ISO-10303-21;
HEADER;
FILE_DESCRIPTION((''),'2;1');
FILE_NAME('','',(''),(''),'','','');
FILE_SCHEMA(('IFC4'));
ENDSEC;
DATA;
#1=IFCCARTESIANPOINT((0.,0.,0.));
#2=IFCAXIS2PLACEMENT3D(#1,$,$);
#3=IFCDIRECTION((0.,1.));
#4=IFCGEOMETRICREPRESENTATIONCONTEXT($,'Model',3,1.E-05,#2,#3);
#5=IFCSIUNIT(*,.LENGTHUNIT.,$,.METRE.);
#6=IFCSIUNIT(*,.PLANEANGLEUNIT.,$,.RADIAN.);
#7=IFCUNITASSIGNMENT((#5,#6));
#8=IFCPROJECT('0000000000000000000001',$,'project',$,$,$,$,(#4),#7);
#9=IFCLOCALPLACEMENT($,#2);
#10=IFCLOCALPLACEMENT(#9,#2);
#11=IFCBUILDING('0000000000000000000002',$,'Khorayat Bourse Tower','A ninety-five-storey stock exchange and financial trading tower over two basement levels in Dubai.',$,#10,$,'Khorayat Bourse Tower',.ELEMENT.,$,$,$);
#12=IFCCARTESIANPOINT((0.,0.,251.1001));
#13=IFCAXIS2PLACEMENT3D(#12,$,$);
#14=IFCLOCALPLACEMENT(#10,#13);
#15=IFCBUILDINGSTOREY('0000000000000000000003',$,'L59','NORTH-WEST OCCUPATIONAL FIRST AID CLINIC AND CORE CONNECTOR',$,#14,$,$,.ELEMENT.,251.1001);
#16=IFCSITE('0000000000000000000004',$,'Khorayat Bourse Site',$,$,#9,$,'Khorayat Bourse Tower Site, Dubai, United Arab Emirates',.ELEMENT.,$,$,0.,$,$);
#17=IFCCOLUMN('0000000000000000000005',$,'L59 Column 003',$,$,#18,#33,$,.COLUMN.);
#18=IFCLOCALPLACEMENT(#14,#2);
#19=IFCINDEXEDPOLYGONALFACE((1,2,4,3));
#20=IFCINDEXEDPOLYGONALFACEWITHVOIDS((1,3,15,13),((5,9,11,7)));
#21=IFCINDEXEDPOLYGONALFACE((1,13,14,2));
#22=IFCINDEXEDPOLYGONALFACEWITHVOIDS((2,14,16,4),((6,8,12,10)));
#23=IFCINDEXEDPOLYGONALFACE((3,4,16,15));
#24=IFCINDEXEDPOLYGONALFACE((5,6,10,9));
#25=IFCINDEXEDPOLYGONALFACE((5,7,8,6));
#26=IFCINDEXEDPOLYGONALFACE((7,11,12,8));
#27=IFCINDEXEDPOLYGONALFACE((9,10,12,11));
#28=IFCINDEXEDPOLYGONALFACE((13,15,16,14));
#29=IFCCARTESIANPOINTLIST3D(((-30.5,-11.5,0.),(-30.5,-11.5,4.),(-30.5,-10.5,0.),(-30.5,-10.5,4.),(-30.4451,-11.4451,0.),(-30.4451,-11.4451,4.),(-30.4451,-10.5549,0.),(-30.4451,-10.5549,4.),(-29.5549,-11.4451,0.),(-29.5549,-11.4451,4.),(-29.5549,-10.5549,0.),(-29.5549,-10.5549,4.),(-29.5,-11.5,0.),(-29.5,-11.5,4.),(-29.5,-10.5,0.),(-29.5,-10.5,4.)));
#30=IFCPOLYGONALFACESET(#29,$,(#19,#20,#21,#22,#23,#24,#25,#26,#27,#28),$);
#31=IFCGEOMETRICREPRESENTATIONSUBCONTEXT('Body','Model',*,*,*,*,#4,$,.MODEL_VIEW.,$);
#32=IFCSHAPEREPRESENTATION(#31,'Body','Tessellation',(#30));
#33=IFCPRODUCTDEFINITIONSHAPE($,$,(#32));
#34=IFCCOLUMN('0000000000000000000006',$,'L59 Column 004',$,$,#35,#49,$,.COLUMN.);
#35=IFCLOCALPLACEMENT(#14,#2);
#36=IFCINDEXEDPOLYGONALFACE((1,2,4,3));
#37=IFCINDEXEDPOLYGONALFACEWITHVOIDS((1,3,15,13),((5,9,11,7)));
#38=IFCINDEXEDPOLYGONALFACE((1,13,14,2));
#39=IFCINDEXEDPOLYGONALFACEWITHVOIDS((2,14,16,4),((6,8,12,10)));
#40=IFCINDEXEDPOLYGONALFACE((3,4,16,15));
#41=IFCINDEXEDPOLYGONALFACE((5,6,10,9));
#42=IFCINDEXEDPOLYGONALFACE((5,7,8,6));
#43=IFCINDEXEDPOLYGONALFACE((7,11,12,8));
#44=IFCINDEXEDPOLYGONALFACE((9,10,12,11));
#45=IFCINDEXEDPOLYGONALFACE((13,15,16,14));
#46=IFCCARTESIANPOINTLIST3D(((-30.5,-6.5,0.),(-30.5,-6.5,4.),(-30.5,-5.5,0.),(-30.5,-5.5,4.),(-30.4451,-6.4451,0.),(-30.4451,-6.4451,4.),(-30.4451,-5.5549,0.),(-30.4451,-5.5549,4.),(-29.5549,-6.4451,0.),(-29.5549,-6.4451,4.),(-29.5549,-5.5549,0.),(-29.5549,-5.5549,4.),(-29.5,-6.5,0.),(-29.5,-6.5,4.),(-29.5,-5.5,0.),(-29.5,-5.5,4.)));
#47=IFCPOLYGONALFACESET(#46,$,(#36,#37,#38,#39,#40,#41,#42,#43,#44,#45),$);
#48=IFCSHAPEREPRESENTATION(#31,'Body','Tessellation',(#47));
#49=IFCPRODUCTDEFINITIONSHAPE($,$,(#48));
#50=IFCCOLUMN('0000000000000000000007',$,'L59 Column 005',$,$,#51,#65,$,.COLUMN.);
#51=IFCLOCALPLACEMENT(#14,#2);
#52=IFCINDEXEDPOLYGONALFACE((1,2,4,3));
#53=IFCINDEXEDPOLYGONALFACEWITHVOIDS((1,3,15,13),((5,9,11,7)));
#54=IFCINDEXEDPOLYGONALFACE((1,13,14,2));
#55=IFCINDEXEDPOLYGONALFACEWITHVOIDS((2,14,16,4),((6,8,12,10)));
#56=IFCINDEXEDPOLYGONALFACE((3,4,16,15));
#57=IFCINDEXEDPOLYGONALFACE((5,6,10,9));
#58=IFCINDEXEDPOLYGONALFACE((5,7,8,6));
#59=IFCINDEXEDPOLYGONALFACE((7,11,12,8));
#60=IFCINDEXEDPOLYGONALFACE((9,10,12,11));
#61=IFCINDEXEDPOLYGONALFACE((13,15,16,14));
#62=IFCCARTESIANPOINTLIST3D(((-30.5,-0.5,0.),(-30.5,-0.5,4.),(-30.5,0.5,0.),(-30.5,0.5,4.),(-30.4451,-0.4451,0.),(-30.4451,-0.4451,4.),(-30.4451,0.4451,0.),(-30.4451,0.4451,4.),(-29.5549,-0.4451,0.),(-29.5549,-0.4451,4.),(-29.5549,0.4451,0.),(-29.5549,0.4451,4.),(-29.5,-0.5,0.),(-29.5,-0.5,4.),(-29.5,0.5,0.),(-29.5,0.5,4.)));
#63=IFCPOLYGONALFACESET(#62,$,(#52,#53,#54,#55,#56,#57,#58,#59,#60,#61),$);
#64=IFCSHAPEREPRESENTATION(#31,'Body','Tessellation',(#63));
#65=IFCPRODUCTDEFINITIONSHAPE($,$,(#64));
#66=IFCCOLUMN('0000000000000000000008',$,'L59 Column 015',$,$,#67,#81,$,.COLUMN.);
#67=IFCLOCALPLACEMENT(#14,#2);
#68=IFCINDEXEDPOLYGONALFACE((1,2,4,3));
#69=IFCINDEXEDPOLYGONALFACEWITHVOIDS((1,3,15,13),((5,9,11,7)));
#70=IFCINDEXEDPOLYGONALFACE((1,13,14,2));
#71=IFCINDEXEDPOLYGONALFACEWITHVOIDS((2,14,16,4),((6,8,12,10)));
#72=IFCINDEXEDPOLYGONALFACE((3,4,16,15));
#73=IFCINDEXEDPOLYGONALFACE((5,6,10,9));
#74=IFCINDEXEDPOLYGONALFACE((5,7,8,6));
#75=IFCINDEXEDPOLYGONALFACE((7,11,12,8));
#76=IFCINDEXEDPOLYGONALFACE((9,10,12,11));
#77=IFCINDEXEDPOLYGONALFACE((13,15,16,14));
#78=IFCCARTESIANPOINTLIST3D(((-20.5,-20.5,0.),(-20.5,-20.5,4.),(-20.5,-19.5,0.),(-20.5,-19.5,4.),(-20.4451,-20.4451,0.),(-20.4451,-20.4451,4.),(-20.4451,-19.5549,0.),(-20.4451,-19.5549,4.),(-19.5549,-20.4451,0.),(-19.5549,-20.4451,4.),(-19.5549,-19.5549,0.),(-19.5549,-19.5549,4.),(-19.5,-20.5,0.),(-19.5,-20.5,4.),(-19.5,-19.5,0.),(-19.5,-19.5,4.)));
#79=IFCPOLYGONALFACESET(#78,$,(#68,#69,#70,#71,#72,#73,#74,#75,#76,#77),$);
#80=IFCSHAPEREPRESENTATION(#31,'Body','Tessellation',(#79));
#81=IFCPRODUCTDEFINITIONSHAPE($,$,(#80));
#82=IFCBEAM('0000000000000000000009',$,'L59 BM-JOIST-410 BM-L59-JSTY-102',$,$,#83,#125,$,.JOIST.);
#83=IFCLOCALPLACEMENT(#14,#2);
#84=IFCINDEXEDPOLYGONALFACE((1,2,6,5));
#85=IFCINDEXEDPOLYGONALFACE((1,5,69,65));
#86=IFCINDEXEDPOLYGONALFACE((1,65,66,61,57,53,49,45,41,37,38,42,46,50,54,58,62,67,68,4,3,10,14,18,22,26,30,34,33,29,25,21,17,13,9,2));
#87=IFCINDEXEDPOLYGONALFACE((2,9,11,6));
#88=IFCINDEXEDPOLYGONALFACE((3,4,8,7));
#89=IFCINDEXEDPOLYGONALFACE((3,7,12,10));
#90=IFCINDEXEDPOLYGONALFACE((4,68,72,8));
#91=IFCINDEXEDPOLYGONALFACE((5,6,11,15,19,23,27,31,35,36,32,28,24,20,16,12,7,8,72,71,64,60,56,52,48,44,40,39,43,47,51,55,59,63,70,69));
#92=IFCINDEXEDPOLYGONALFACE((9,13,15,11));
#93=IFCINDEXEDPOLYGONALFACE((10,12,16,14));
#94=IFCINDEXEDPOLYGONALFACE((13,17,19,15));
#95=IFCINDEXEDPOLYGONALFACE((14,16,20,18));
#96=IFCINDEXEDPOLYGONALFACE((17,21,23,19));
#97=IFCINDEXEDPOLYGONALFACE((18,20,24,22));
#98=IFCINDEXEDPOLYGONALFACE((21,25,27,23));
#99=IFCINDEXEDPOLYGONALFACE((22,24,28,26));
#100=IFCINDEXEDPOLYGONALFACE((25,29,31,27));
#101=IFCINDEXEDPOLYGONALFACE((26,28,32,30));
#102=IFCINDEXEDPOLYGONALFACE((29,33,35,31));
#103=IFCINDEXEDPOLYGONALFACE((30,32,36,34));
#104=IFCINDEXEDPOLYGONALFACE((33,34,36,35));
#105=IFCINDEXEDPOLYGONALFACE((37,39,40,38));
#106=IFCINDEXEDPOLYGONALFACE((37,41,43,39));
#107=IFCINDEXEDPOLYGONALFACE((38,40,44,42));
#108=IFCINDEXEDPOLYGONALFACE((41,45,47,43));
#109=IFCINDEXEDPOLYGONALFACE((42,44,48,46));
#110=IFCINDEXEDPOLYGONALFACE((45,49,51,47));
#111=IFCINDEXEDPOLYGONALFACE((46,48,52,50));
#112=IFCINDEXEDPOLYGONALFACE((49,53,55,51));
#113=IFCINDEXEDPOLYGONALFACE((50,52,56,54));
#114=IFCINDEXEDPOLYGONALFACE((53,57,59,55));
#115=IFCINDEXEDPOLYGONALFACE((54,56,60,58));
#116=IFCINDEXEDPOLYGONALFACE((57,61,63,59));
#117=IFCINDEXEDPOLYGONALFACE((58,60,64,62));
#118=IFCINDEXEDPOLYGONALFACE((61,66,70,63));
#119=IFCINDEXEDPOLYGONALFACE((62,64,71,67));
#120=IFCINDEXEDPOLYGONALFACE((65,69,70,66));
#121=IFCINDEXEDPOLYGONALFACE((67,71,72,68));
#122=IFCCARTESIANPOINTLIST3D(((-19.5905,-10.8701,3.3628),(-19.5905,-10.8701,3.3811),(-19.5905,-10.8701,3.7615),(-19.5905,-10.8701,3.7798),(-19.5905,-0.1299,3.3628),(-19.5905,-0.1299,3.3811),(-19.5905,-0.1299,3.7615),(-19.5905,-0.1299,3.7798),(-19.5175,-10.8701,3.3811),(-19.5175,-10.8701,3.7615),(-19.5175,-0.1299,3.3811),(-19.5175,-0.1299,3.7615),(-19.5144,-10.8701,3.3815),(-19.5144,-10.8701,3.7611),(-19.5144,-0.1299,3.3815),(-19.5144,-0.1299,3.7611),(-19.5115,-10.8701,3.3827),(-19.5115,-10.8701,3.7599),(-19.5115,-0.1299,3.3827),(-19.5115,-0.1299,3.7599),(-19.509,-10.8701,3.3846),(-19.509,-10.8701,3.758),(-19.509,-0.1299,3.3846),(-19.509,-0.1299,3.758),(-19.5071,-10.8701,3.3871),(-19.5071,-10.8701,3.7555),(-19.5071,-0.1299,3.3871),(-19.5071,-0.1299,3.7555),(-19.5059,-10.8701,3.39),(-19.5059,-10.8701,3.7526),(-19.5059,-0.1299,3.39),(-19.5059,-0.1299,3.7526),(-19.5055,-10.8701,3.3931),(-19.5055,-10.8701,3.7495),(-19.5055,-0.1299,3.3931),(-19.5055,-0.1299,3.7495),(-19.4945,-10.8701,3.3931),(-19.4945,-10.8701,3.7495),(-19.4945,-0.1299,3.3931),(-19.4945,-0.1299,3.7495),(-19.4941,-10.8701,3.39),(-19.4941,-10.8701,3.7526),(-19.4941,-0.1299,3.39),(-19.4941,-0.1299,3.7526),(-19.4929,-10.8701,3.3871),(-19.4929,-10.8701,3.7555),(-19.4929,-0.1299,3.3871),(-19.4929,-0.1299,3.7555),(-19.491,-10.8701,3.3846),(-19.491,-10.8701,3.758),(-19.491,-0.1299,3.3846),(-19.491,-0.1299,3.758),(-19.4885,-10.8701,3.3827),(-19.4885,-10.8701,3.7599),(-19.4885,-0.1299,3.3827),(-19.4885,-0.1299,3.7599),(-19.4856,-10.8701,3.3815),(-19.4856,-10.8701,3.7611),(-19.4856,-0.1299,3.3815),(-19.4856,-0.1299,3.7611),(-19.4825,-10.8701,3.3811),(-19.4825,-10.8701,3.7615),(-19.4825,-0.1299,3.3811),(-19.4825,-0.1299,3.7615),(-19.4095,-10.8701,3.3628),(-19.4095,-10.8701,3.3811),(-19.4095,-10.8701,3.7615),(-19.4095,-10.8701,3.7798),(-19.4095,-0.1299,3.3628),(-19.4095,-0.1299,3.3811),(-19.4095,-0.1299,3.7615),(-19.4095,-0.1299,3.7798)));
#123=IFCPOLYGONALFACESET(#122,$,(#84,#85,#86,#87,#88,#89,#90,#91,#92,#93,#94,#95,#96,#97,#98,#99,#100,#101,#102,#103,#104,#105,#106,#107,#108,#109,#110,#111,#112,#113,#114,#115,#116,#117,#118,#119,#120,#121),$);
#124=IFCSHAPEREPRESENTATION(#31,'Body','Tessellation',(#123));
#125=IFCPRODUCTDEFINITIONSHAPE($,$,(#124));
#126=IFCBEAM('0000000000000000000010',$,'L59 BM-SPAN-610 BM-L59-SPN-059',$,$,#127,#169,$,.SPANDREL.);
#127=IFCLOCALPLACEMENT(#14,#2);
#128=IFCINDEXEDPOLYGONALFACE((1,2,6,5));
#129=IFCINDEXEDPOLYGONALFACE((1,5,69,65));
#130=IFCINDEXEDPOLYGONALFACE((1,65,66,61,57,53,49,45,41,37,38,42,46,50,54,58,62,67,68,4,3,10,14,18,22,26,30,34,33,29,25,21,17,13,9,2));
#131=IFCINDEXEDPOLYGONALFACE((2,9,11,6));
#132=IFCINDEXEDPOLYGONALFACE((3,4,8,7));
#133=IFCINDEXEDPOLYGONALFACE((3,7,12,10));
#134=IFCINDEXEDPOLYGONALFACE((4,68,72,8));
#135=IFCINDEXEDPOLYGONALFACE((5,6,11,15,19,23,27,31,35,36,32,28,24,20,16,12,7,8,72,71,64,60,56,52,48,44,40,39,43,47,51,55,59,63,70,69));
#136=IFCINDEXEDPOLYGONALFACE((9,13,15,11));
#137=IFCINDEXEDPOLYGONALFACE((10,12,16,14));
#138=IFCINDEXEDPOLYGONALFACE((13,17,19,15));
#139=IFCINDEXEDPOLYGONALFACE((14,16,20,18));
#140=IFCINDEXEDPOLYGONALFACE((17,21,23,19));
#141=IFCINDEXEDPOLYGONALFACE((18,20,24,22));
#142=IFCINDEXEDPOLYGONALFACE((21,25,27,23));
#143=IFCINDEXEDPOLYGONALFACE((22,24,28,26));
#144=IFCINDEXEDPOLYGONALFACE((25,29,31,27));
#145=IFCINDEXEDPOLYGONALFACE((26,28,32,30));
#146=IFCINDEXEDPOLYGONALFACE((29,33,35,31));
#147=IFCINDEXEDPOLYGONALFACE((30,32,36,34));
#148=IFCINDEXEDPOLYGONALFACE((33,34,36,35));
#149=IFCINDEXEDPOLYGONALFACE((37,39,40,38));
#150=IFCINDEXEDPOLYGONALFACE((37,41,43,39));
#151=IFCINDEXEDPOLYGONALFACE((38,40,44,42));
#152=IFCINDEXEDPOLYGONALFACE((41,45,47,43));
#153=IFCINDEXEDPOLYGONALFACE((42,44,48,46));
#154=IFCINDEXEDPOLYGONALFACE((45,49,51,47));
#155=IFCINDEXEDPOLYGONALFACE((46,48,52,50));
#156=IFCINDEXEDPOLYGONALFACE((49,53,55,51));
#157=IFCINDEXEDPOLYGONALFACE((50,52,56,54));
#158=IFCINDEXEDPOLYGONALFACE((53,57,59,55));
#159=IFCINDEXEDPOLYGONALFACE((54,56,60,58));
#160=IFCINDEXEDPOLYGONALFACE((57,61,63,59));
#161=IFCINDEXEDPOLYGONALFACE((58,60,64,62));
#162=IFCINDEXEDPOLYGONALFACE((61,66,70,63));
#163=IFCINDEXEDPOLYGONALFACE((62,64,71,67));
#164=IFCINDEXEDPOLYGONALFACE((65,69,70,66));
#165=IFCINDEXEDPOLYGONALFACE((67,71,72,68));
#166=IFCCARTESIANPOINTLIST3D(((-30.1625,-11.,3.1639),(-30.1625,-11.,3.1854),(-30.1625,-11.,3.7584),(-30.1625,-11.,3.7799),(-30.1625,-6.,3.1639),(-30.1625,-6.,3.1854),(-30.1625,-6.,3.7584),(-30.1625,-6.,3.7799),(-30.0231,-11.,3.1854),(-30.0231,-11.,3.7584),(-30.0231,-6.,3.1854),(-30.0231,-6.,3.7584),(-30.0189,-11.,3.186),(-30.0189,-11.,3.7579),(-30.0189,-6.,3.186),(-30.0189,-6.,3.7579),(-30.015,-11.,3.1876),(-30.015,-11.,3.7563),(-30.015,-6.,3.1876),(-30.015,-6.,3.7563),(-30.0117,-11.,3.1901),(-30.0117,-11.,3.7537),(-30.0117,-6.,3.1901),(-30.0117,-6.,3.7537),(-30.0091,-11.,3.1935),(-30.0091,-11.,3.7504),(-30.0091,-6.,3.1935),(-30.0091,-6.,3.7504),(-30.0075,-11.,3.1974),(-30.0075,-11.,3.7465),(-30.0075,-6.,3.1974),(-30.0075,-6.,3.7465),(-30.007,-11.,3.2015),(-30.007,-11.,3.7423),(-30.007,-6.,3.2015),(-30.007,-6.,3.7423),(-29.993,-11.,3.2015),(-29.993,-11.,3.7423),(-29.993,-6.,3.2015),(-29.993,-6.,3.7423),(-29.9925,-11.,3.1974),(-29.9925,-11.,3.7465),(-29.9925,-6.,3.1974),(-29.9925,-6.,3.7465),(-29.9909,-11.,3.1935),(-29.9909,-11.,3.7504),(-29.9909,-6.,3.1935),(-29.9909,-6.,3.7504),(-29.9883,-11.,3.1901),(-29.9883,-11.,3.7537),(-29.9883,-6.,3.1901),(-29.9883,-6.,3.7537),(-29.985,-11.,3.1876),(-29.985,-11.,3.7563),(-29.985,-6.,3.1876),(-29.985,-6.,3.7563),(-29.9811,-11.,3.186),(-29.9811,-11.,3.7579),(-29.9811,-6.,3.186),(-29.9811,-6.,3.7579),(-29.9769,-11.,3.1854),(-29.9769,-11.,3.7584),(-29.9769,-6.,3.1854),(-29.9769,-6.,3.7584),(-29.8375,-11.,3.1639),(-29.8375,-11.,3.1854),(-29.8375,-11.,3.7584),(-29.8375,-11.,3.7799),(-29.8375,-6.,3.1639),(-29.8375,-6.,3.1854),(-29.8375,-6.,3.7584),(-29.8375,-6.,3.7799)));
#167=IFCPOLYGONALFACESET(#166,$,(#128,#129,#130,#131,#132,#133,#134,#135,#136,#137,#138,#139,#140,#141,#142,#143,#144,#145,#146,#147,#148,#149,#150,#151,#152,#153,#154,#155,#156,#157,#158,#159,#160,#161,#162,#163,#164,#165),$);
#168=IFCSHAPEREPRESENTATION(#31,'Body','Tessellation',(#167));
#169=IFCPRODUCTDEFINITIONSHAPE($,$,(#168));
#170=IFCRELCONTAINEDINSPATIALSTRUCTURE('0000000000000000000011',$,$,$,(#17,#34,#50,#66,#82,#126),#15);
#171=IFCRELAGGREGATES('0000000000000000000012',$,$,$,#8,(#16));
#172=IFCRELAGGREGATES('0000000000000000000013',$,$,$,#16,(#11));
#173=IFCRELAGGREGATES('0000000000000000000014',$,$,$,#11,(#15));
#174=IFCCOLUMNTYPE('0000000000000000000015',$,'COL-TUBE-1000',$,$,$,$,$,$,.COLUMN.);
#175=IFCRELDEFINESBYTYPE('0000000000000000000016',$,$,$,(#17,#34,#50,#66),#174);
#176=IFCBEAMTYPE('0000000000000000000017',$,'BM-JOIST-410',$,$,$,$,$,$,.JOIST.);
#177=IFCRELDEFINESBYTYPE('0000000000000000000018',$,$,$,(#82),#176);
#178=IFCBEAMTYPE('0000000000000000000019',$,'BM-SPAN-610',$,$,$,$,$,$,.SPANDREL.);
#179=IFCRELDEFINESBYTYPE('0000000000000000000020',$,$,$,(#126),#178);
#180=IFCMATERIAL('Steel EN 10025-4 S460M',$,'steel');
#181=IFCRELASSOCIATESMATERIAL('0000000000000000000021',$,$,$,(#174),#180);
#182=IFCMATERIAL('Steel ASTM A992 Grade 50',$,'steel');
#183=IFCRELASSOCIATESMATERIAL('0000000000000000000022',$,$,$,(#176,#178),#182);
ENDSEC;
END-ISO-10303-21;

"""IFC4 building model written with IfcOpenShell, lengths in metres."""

from ifc_helpers import new_model, si_unit, direction, frame, origin, origin_2d, place, context, subcontext, project, spatial, hollow_rectangle, i_section, extrude, source, transform, mapped, material, material_profile, profile_set, type_object, element, save


model = new_model("IFC4")

# Units and contexts
model_context = context("Model", 3, precision=1e-05, world=origin(), true_north=direction((0.0, 1.0)))
body_context = subcontext(model_context, "Body", "Model", "MODEL_VIEW")
ifc_project = project(units=[si_unit("LENGTHUNIT", "METRE"), si_unit("PLANEANGLEUNIT", "RADIAN")], contexts=[model_context])

# Site, building, storey
site_placement = place(None, origin())
site = spatial("IfcSite", under=ifc_project, at=site_placement, Name="Khorayat Bourse Site", LongName="Khorayat Bourse Tower Site, Dubai, United Arab Emirates", CompositionType="ELEMENT", RefElevation=0.0)
building_placement = place(site_placement, origin())
building = spatial("IfcBuilding", under=site, at=building_placement, Name="Khorayat Bourse Tower", Description="A ninety-five-storey stock exchange and financial trading tower over two basement levels in Dubai.", LongName="Khorayat Bourse Tower", CompositionType="ELEMENT")
storey_placement = place(building_placement, frame((0.0, 0.0, 251.1001)))
storey = spatial("IfcBuildingStorey", under=building, at=storey_placement, Name="L59", Description="NORTH-WEST OCCUPATIONAL FIRST AID CLINIC AND CORE CONNECTOR", CompositionType="ELEMENT", Elevation=251.1001)

# Columns
ifc_material_1 = material(Name="Steel EN 10025-4 S460M", Category="steel")
ifc_material_profile_1 = material_profile(ifc_material_1, hollow_rectangle(XDim=1.0, YDim=1.0, WallThickness=0.0549, at=origin_2d()), Name="BOX 1000x1000x55")
ifc_profile_set_1 = profile_set([ifc_material_profile_1], Name="Steel EN 10025-4 S460M")
column_type = type_object("IfcColumnType", Name="COL-TUBE-1000", PredefinedType="COLUMN", material=ifc_profile_set_1)
shared_shape_1 = source(origin(), body_context, "Body", "SweptSolid", [
    extrude(hollow_rectangle(XDim=1.0, YDim=1.0, WallThickness=0.0549, at=origin_2d()), origin(), (0.0, 0.0, 1.0), 4.0),
])
for number, where, z_axis, x_axis, name in (
    (1, (-30.0, -11.0, 0.0), (0.0, 0.0, 1.0), (1.0, 0.0, 0.0), "L59 Column 003"),
    (2, (-30.0, -6.0, 0.0), (0.0, 0.0, 1.0), (1.0, 0.0, 0.0), "L59 Column 004"),
    (3, (-30.0, 0.0, 0.0), (0.0, 0.0, 1.0), (1.0, 0.0, 0.0), "L59 Column 005"),
    (4, (-20.0, -20.0, 0.0), (0.0, 0.0, 1.0), (1.0, 0.0, 0.0), "L59 Column 015"),
):
    element("IfcColumn", number, at=place(storey_placement, frame(where, z_axis=z_axis, x_axis=x_axis)), inside=storey, type_object=column_type, Name=name, PredefinedType="COLUMN", context=body_context, shape_type="MappedRepresentation", body=[
        mapped(shared_shape_1, transform((0.0, 0.0, 0.0), scale=1.0)),
    ])

# Beams
ifc_material_2 = material(Name="Steel ASTM A992 Grade 50", Category="steel")
ifc_material_profile_2 = material_profile(ifc_material_2, i_section(OverallWidth=0.1809, OverallDepth=0.417, WebThickness=0.011, FlangeThickness=0.0183, FilletRadius=0.012, at=origin_2d()), Name="W410X85")
ifc_profile_set_2 = profile_set([ifc_material_profile_2], Name="Steel ASTM A992 Grade 50")
beam_type_1 = type_object("IfcBeamType", Name="BM-JOIST-410", PredefinedType="JOIST", material=ifc_profile_set_2)
shared_shape_2 = source(origin(), body_context, "Body", "SweptSolid", [
    extrude(i_section(OverallWidth=0.1809, OverallDepth=0.417, WebThickness=0.011, FlangeThickness=0.0183, FilletRadius=0.012, at=origin_2d()), origin(), (0.0, 0.0, 1.0), 10.7402),
])
beam_1_placement = place(storey_placement, frame((-19.5, -10.8701, 3.5713), z_axis=(0.0, 1.0, 0.0), x_axis=(-1.0, 0.0, 0.0)))
element("IfcBeam", 5, at=beam_1_placement, inside=storey, type_object=beam_type_1, Name="L59 BM-JOIST-410 BM-L59-JSTY-102", PredefinedType="JOIST", context=body_context, shape_type="MappedRepresentation", body=[
    mapped(shared_shape_2, transform((0.0, 0.0, 0.0), scale=1.0)),
])
ifc_material_profile_3 = material_profile(ifc_material_2, i_section(OverallWidth=0.325, OverallDepth=0.616, WebThickness=0.0139, FlangeThickness=0.0215, FilletRadius=0.0161, at=origin_2d()), Name="W610X174")
ifc_profile_set_3 = profile_set([ifc_material_profile_3], Name="Steel ASTM A992 Grade 50")
beam_type_2 = type_object("IfcBeamType", Name="BM-SPAN-610", PredefinedType="SPANDREL", material=ifc_profile_set_3)
shared_shape_3 = source(origin(), body_context, "Body", "SweptSolid", [
    extrude(i_section(OverallWidth=0.325, OverallDepth=0.616, WebThickness=0.0139, FlangeThickness=0.0215, FilletRadius=0.0161, at=origin_2d()), origin(), (0.0, 0.0, 1.0), 5.0),
])
beam_2_placement = place(storey_placement, frame((-30.0, -11.0, 3.4719), z_axis=(0.0, 1.0, 0.0), x_axis=(-1.0, 0.0, 0.0)))
element("IfcBeam", 6, at=beam_2_placement, inside=storey, type_object=beam_type_2, Name="L59 BM-SPAN-610 BM-L59-SPN-059", PredefinedType="SPANDREL", context=body_context, shape_type="MappedRepresentation", body=[
    mapped(shared_shape_3, transform((0.0, 0.0, 0.0), scale=1.0)),
])

save(model, "model.ifc")
